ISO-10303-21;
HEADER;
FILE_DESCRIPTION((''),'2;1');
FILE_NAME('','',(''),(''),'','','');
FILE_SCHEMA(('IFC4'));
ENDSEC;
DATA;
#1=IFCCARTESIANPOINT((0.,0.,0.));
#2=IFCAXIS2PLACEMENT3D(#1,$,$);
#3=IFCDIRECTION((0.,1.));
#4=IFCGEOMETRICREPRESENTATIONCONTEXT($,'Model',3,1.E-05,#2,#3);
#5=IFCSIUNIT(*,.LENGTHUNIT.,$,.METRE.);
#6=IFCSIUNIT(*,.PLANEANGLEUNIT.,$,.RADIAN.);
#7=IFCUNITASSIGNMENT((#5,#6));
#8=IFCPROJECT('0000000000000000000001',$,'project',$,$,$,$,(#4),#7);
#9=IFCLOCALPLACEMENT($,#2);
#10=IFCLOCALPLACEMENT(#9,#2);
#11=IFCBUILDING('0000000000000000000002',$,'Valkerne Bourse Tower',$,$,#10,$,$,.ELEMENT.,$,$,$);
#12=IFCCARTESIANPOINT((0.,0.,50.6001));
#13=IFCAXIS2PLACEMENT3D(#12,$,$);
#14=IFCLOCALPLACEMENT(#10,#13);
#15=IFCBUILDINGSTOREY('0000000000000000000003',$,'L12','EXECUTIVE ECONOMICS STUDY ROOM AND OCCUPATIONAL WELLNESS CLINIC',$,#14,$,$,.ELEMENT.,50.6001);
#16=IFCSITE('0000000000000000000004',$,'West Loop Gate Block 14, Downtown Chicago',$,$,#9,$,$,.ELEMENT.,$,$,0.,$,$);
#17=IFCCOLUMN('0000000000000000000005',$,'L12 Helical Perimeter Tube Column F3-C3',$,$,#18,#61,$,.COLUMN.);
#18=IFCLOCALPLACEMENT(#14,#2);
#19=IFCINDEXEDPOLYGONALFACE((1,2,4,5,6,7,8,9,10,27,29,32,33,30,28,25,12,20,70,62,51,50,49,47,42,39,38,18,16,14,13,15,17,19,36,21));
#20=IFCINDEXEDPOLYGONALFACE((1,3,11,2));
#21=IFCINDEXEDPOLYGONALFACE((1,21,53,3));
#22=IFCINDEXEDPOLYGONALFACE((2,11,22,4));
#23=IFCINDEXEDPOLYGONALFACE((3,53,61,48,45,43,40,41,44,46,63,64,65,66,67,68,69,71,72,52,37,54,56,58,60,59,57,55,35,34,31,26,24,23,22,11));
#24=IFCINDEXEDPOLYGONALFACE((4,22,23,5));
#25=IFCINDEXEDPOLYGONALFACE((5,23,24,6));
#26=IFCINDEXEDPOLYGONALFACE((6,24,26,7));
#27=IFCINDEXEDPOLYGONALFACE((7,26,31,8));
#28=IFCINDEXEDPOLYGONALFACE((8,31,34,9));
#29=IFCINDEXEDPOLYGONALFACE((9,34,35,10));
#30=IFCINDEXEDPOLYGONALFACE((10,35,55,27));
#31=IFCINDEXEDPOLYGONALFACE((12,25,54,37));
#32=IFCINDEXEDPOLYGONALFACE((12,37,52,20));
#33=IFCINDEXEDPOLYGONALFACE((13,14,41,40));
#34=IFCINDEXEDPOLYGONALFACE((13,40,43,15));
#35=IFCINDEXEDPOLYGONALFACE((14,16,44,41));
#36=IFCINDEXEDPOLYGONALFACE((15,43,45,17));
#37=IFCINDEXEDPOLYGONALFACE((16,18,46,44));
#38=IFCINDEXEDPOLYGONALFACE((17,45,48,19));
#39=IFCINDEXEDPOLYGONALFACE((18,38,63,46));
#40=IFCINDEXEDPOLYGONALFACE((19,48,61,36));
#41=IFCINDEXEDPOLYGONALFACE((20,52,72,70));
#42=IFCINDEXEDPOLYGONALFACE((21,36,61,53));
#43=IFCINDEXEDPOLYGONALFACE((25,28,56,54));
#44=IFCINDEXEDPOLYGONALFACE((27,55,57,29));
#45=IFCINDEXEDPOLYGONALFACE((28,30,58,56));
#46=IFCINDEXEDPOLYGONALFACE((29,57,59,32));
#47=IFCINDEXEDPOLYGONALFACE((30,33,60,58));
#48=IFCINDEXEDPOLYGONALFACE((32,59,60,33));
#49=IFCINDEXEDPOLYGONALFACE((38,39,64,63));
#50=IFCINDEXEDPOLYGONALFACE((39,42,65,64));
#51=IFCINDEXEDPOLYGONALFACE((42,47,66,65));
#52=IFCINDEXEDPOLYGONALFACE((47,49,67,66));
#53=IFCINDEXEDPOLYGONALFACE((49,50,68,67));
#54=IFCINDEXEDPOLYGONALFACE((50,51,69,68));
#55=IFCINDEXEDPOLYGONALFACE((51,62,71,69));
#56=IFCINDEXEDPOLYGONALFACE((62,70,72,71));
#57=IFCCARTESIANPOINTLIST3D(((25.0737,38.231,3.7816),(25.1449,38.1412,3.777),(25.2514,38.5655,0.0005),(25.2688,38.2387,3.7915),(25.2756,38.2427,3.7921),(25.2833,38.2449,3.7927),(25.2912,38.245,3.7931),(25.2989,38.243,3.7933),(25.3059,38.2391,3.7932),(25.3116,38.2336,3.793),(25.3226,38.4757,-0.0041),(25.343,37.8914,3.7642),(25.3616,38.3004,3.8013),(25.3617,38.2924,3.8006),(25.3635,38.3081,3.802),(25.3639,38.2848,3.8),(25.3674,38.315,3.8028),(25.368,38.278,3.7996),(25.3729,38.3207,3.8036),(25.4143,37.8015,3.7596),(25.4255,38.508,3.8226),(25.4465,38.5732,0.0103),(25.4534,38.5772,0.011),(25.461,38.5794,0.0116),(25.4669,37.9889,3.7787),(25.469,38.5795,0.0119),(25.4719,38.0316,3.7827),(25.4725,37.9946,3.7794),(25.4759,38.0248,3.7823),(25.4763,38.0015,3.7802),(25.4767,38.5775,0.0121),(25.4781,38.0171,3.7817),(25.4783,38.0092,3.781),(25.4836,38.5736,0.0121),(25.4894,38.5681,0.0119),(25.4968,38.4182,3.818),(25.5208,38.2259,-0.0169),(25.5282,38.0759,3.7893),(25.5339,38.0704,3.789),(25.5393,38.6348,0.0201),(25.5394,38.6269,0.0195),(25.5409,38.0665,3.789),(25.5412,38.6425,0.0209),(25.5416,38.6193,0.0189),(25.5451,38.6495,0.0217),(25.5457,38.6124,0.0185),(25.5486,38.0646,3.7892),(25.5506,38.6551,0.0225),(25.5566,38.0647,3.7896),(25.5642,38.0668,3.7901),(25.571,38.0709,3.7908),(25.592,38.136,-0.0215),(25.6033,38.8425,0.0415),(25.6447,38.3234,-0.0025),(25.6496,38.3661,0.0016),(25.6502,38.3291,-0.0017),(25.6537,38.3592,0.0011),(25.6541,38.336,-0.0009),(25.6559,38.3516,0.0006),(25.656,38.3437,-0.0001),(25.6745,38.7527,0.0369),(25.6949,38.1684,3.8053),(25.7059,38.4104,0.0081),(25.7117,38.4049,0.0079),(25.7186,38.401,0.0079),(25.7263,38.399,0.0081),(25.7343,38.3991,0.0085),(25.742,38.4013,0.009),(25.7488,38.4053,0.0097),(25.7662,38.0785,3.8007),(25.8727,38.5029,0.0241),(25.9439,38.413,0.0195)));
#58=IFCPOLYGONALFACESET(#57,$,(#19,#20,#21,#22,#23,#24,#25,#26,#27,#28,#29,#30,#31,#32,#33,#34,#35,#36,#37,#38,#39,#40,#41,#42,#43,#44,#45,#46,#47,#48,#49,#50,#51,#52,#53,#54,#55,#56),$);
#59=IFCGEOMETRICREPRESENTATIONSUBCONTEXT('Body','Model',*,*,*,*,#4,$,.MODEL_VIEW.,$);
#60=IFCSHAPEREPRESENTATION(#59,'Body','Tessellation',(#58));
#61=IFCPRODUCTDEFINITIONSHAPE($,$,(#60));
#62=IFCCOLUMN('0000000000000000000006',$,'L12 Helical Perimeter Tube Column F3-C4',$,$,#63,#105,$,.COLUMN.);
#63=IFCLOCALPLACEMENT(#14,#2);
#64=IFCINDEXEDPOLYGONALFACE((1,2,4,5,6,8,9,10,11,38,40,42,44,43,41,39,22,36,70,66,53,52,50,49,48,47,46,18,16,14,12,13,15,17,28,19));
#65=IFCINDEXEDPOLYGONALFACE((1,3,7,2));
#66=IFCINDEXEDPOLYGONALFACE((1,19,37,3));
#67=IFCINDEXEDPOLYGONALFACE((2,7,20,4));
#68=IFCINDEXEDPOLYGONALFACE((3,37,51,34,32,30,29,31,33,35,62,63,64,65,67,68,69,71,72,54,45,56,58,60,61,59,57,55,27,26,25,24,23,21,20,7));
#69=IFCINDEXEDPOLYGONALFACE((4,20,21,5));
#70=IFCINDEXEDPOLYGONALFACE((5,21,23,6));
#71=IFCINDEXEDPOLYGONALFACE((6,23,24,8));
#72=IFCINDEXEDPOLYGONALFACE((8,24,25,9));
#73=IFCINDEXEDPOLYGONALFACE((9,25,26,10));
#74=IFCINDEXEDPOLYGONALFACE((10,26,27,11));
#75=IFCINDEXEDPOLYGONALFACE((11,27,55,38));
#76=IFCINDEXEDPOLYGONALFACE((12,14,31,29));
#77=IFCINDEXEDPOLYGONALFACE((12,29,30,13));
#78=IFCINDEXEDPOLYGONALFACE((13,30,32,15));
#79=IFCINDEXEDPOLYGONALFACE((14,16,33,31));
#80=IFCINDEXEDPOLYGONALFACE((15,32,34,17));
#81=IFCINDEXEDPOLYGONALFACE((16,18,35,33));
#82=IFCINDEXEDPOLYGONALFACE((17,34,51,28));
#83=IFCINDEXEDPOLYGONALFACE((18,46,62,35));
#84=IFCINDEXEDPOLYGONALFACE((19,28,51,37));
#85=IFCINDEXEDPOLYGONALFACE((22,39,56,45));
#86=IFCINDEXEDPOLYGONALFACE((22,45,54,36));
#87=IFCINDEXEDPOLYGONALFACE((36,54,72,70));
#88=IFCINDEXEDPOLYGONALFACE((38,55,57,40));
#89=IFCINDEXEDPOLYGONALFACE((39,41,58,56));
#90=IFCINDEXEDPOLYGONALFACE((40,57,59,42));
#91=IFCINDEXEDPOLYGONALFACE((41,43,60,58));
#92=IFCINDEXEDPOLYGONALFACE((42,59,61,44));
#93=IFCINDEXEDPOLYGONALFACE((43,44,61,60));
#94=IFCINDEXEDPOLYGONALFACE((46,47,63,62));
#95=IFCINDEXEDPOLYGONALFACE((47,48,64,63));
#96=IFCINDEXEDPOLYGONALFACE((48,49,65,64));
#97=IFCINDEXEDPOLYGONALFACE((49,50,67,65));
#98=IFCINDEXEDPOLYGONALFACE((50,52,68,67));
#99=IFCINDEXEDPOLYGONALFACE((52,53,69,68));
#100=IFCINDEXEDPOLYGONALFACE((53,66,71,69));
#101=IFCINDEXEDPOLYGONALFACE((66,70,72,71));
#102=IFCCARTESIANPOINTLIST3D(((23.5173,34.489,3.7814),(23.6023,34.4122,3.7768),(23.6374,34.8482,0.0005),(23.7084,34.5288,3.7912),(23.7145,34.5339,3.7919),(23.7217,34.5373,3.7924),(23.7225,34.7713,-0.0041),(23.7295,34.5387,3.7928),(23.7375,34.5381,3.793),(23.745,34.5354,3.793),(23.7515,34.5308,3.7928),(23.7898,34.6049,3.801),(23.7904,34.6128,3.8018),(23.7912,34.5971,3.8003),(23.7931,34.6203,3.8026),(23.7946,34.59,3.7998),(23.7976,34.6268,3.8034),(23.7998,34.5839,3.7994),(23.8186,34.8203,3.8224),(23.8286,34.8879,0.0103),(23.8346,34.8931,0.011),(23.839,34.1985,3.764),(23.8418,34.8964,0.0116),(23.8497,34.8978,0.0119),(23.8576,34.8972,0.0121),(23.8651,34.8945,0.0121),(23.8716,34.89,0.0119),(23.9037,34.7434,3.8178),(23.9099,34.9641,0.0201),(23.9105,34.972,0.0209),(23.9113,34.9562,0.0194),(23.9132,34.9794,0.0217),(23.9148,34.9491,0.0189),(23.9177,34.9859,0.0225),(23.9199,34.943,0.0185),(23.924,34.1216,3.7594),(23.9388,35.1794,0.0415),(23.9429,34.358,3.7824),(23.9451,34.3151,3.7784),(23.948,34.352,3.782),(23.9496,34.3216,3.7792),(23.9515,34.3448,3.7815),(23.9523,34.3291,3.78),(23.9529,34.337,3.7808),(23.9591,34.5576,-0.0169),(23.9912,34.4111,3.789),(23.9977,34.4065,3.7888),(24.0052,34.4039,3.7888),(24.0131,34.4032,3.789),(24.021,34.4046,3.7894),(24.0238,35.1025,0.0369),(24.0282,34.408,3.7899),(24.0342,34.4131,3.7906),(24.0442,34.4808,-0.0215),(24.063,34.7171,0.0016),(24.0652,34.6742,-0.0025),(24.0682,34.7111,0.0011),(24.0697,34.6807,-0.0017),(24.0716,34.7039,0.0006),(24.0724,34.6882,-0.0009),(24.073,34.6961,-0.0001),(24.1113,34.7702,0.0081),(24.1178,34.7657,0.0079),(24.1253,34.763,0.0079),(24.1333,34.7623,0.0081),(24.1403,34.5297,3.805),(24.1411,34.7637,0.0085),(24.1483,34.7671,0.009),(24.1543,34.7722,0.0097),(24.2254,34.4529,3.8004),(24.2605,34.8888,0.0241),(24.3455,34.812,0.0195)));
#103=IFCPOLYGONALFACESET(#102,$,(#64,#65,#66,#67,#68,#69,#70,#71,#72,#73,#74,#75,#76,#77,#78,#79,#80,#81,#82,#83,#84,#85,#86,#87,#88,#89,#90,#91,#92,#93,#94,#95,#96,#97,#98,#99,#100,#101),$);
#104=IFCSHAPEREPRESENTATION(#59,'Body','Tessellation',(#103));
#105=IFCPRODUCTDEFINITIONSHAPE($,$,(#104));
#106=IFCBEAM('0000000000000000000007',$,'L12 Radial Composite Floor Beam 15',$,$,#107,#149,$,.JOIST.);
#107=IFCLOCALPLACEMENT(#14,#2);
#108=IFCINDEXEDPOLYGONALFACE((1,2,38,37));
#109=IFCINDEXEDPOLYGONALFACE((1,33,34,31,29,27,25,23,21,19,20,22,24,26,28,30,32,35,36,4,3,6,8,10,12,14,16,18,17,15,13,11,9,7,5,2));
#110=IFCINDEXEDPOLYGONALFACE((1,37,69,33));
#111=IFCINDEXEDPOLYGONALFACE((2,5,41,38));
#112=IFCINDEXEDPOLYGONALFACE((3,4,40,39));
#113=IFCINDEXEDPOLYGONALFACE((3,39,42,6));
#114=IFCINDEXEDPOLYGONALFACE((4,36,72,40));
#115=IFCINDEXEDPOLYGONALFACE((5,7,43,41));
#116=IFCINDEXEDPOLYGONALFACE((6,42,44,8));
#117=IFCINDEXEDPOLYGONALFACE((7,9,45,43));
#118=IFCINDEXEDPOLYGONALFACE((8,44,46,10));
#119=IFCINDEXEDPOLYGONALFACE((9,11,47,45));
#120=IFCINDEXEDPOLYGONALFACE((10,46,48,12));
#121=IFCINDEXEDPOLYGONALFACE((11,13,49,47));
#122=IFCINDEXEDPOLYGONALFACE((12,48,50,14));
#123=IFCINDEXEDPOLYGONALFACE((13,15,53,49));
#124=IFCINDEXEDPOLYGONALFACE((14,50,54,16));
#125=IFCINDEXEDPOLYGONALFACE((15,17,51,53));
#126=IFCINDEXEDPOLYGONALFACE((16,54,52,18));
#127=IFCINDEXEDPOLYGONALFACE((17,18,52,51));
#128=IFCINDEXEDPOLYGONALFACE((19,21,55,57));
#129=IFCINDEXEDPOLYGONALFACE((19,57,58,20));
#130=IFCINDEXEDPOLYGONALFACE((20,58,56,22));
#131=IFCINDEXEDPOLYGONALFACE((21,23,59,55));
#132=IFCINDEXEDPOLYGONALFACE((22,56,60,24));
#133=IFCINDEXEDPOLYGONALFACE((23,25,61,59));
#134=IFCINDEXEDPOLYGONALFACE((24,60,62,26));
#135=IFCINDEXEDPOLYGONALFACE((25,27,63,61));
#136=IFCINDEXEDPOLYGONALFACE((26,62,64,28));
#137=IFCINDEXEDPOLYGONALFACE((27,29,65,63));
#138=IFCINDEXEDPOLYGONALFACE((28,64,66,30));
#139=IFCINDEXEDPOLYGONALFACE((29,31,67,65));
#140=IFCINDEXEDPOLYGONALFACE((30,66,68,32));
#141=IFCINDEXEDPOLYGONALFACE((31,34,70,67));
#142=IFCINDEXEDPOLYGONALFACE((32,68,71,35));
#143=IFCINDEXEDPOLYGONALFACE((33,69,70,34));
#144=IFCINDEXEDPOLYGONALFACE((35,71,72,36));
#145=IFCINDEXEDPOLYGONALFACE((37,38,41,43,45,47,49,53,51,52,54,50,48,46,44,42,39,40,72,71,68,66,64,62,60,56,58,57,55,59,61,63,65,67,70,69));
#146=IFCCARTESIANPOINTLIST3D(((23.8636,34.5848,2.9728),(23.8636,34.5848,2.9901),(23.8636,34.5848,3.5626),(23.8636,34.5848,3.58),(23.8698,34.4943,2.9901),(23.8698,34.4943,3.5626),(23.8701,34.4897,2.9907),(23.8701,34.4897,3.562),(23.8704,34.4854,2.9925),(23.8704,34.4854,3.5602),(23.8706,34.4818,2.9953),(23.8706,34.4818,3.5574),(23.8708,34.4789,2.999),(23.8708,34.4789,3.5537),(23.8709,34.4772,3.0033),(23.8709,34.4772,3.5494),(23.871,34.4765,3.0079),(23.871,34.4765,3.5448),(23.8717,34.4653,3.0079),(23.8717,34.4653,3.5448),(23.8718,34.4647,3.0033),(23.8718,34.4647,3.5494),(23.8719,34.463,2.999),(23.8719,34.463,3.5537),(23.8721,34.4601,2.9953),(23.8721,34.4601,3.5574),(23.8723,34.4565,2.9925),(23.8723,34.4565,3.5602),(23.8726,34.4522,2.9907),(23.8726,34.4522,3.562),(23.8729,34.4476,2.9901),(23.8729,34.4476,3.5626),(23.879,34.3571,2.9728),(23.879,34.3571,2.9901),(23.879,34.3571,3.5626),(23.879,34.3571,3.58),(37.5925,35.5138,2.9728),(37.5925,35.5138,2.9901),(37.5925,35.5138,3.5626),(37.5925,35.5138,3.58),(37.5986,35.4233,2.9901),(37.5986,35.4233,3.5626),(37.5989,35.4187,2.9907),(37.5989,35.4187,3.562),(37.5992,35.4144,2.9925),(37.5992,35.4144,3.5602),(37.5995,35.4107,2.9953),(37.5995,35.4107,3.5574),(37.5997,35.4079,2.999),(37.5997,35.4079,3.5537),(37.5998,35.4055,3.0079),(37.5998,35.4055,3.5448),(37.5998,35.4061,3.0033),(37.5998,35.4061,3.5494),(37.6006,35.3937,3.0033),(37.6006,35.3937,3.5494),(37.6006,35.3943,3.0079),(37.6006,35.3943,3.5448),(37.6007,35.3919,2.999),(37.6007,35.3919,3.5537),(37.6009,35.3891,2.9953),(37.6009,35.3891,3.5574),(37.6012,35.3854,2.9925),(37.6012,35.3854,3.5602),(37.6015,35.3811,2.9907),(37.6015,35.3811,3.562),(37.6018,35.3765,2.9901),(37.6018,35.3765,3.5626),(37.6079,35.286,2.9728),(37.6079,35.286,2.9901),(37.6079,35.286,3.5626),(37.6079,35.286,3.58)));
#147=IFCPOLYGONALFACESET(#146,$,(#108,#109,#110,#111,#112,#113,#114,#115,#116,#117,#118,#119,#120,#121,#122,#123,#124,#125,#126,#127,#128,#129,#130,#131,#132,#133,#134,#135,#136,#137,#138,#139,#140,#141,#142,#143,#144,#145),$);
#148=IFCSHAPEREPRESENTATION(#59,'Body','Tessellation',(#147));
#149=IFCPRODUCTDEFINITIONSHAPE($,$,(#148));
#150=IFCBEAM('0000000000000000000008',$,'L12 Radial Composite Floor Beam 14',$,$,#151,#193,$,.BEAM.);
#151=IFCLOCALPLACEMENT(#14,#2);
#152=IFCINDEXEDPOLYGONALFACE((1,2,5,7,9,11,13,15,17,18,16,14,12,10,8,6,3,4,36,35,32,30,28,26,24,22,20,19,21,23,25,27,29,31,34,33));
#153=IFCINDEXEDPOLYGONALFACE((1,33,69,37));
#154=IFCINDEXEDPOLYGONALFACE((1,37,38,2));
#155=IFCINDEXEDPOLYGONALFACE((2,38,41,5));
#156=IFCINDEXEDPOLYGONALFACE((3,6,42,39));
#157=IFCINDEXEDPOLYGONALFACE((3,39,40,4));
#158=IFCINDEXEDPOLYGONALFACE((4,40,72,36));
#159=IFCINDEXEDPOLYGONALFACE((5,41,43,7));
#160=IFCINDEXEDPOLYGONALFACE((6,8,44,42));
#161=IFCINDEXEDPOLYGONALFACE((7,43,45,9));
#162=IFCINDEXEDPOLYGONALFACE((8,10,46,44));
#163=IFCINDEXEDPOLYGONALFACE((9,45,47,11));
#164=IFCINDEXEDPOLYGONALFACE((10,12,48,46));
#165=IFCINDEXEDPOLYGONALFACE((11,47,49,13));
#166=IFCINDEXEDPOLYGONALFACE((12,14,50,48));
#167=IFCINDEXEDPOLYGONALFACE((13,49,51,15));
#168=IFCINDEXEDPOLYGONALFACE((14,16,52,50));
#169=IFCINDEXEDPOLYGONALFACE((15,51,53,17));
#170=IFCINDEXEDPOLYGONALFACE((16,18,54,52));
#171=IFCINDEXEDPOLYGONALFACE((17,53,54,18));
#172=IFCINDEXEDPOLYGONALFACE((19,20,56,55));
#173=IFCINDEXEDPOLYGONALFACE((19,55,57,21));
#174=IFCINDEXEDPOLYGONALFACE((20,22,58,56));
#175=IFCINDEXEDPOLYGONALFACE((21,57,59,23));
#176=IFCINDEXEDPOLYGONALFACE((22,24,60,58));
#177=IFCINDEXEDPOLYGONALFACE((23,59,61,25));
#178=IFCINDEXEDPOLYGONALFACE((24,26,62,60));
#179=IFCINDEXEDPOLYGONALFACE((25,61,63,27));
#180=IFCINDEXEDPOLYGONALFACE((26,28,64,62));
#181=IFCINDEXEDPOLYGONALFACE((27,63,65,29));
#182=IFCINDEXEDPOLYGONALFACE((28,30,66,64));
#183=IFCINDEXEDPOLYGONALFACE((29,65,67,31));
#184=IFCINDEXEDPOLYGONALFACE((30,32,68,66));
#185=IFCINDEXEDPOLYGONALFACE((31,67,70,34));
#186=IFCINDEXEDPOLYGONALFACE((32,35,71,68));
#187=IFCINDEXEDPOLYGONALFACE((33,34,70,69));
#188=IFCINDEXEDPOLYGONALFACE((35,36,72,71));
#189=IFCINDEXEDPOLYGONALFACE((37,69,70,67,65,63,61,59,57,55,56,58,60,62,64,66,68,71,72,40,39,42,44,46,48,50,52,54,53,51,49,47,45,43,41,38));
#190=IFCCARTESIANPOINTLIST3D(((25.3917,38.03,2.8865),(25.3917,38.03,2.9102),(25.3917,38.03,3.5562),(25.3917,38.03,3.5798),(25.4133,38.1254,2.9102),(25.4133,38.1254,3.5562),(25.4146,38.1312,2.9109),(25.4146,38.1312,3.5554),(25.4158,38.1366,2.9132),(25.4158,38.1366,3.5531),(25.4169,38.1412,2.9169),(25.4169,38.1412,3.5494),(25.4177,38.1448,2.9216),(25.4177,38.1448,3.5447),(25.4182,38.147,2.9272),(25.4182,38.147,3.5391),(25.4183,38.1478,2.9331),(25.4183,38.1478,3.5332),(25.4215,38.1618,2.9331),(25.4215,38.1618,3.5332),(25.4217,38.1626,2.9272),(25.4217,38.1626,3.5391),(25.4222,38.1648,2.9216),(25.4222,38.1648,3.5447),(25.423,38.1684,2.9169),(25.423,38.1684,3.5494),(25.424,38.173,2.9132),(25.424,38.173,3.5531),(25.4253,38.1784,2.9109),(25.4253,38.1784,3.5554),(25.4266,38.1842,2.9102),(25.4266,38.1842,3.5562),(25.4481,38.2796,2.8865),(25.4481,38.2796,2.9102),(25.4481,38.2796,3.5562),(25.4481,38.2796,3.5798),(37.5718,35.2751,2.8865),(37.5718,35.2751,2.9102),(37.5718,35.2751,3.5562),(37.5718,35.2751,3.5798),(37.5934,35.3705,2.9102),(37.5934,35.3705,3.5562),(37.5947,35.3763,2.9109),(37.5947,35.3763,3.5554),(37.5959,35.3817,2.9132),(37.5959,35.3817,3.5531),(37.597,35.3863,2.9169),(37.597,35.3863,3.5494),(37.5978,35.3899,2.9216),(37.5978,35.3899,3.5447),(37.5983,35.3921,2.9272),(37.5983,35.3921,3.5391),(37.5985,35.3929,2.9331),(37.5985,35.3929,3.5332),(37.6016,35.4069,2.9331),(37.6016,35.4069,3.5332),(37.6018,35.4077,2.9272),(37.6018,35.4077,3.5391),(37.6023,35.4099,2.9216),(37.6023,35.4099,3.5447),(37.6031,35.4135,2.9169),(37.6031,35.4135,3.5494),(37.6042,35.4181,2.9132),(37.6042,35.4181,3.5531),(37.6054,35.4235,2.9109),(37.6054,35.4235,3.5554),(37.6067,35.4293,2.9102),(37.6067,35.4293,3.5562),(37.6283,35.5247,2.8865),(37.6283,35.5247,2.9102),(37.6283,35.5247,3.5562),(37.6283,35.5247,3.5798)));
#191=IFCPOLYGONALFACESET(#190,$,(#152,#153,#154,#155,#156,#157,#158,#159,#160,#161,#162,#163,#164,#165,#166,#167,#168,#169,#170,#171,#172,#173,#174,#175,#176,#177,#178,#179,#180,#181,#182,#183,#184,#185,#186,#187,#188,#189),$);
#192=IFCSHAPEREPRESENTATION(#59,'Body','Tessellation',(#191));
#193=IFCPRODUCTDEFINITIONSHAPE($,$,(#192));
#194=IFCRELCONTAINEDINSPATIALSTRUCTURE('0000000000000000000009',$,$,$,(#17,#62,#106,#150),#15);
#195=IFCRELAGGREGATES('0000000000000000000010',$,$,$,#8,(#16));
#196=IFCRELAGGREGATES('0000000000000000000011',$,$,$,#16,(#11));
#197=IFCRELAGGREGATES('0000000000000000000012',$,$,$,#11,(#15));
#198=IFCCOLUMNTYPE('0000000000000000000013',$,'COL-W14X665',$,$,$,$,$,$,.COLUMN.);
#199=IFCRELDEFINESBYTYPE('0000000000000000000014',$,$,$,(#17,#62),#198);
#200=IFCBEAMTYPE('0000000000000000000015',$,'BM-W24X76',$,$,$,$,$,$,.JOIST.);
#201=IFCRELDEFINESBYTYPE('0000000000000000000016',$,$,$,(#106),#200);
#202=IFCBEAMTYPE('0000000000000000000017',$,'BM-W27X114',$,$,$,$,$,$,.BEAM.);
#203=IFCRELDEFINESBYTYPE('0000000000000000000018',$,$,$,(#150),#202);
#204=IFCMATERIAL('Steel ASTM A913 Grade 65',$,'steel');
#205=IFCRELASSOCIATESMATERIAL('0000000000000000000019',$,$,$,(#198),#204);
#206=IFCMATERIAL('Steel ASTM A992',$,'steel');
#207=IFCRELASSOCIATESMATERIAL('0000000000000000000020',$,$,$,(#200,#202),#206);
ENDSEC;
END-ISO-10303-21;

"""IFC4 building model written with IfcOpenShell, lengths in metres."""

from ifc_helpers import new_model, si_unit, direction, frame, origin, origin_2d, place, context, subcontext, project, spatial, i_section, extrude, material, material_profile, profile_set, type_object, element, save


model = new_model("IFC4")

# Units and contexts
model_context = context("Model", 3, precision=1e-05, world=origin(), true_north=direction((0.0, 1.0)))
body_context = subcontext(model_context, "Body", "Model", "MODEL_VIEW")
ifc_project = project(units=[si_unit("LENGTHUNIT", "METRE"), si_unit("PLANEANGLEUNIT", "RADIAN")], contexts=[model_context])

# Site, building, storey
site_placement = place(None, origin())
site = spatial("IfcSite", under=ifc_project, at=site_placement, Name="West Loop Gate Block 14, Downtown Chicago", CompositionType="ELEMENT", RefElevation=0.0)
building_placement = place(site_placement, origin())
building = spatial("IfcBuilding", under=site, at=building_placement, Name="Valkerne Bourse Tower", CompositionType="ELEMENT")
storey_placement = place(building_placement, frame((0.0, 0.0, 50.6001)))
storey = spatial("IfcBuildingStorey", under=building, at=storey_placement, Name="L12", Description="EXECUTIVE ECONOMICS STUDY ROOM AND OCCUPATIONAL WELLNESS CLINIC", CompositionType="ELEMENT", Elevation=50.6001)

# Columns
ifc_material_1 = material(Name="Steel ASTM A913 Grade 65", Category="steel")
ifc_material_profile_1 = material_profile(ifc_material_1, i_section(OverallWidth=0.4497, OverallDepth=0.5486, WebThickness=0.072, FlangeThickness=0.1147, FilletRadius=0.0305, at=origin_2d()), Name="W14X665")
ifc_profile_set_1 = profile_set([ifc_material_profile_1], Name="Steel ASTM A913 Grade 65")
column_type = type_object("IfcColumnType", Name="COL-W14X665", PredefinedType="COLUMN", material=ifc_profile_set_1)
column_1_placement = place(storey_placement, frame((25.5977, 38.4893, 0.01), z_axis=(-0.046773, -0.088021, 0.99502), x_axis=(-0.782481, -0.61595, -0.09127)))
element("IfcColumn", 1, at=column_1_placement, inside=storey, type_object=column_type, Name="L12 Helical Perimeter Tube Column F3-C3", PredefinedType="COLUMN", context=body_context, shape_type="SweptSolid", body=[
    extrude(i_section(OverallWidth=0.4497, OverallDepth=0.5486, WebThickness=0.072, FlangeThickness=0.1147, FilletRadius=0.0305, at=origin_2d()), origin(), (0.0, 0.0, 1.0), 3.8),
])
column_2_placement = place(storey_placement, frame((23.9915, 34.8301, 0.01), z_axis=(-0.03161, -0.09451, 0.995022), x_axis=(-0.670189, -0.73656, -0.091252)))
element("IfcColumn", 2, at=column_2_placement, inside=storey, type_object=column_type, Name="L12 Helical Perimeter Tube Column F3-C4", PredefinedType="COLUMN", context=body_context, shape_type="SweptSolid", body=[
    extrude(i_section(OverallWidth=0.4497, OverallDepth=0.5486, WebThickness=0.072, FlangeThickness=0.1147, FilletRadius=0.0305, at=origin_2d()), origin(), (0.0, 0.0, 1.0), 3.7998),
])

# Beams
ifc_material_2 = material(Name="Steel ASTM A992", Category="steel")
ifc_material_profile_2 = material_profile(ifc_material_2, i_section(OverallWidth=0.2283, OverallDepth=0.6072, WebThickness=0.0112, FlangeThickness=0.0173, FilletRadius=0.0178, at=origin_2d()), Name="W24X76")
ifc_profile_set_2 = profile_set([ifc_material_profile_2], Name="Steel ASTM A992")
beam_type_1 = type_object("IfcBeamType", Name="BM-W24X76", PredefinedType="JOIST", material=ifc_profile_set_2)
beam_1_placement = place(storey_placement, frame((23.8713, 34.4709, 3.2764), z_axis=(0.997719, 0.067511, 0.0), x_axis=(-0.067511, 0.997719, 0.0)))
element("IfcBeam", 3, at=beam_1_placement, inside=storey, type_object=beam_type_1, Name="L12 Radial Composite Floor Beam 15", PredefinedType="JOIST", context=body_context, shape_type="SweptSolid", body=[
    extrude(i_section(OverallWidth=0.2283, OverallDepth=0.6072, WebThickness=0.0112, FlangeThickness=0.0173, FilletRadius=0.0178, at=origin_2d()), origin(), (0.0, 0.0, 1.0), 13.7603),
])
ifc_material_profile_3 = material_profile(ifc_material_2, i_section(OverallWidth=0.2559, OverallDepth=0.6934, WebThickness=0.0144, FlangeThickness=0.0237, FilletRadius=0.0229, at=origin_2d()), Name="W27X114")
ifc_profile_set_3 = profile_set([ifc_material_profile_3], Name="Steel ASTM A992")
beam_type_2 = type_object("IfcBeamType", Name="BM-W27X114", PredefinedType="BEAM", material=ifc_profile_set_3)
beam_2_placement = place(storey_placement, frame((25.4199, 38.1548, 3.2332), z_axis=(0.975363, -0.220605, 0.0), x_axis=(0.220605, 0.975363, 0.0)))
element("IfcBeam", 4, at=beam_2_placement, inside=storey, type_object=beam_type_2, Name="L12 Radial Composite Floor Beam 14", PredefinedType="BEAM", context=body_context, shape_type="SweptSolid", body=[
    extrude(i_section(OverallWidth=0.2559, OverallDepth=0.6934, WebThickness=0.0144, FlangeThickness=0.0237, FilletRadius=0.0229, at=origin_2d()), origin(), (0.0, 0.0, 1.0), 12.4878),
])

save(model, "model.ifc")
